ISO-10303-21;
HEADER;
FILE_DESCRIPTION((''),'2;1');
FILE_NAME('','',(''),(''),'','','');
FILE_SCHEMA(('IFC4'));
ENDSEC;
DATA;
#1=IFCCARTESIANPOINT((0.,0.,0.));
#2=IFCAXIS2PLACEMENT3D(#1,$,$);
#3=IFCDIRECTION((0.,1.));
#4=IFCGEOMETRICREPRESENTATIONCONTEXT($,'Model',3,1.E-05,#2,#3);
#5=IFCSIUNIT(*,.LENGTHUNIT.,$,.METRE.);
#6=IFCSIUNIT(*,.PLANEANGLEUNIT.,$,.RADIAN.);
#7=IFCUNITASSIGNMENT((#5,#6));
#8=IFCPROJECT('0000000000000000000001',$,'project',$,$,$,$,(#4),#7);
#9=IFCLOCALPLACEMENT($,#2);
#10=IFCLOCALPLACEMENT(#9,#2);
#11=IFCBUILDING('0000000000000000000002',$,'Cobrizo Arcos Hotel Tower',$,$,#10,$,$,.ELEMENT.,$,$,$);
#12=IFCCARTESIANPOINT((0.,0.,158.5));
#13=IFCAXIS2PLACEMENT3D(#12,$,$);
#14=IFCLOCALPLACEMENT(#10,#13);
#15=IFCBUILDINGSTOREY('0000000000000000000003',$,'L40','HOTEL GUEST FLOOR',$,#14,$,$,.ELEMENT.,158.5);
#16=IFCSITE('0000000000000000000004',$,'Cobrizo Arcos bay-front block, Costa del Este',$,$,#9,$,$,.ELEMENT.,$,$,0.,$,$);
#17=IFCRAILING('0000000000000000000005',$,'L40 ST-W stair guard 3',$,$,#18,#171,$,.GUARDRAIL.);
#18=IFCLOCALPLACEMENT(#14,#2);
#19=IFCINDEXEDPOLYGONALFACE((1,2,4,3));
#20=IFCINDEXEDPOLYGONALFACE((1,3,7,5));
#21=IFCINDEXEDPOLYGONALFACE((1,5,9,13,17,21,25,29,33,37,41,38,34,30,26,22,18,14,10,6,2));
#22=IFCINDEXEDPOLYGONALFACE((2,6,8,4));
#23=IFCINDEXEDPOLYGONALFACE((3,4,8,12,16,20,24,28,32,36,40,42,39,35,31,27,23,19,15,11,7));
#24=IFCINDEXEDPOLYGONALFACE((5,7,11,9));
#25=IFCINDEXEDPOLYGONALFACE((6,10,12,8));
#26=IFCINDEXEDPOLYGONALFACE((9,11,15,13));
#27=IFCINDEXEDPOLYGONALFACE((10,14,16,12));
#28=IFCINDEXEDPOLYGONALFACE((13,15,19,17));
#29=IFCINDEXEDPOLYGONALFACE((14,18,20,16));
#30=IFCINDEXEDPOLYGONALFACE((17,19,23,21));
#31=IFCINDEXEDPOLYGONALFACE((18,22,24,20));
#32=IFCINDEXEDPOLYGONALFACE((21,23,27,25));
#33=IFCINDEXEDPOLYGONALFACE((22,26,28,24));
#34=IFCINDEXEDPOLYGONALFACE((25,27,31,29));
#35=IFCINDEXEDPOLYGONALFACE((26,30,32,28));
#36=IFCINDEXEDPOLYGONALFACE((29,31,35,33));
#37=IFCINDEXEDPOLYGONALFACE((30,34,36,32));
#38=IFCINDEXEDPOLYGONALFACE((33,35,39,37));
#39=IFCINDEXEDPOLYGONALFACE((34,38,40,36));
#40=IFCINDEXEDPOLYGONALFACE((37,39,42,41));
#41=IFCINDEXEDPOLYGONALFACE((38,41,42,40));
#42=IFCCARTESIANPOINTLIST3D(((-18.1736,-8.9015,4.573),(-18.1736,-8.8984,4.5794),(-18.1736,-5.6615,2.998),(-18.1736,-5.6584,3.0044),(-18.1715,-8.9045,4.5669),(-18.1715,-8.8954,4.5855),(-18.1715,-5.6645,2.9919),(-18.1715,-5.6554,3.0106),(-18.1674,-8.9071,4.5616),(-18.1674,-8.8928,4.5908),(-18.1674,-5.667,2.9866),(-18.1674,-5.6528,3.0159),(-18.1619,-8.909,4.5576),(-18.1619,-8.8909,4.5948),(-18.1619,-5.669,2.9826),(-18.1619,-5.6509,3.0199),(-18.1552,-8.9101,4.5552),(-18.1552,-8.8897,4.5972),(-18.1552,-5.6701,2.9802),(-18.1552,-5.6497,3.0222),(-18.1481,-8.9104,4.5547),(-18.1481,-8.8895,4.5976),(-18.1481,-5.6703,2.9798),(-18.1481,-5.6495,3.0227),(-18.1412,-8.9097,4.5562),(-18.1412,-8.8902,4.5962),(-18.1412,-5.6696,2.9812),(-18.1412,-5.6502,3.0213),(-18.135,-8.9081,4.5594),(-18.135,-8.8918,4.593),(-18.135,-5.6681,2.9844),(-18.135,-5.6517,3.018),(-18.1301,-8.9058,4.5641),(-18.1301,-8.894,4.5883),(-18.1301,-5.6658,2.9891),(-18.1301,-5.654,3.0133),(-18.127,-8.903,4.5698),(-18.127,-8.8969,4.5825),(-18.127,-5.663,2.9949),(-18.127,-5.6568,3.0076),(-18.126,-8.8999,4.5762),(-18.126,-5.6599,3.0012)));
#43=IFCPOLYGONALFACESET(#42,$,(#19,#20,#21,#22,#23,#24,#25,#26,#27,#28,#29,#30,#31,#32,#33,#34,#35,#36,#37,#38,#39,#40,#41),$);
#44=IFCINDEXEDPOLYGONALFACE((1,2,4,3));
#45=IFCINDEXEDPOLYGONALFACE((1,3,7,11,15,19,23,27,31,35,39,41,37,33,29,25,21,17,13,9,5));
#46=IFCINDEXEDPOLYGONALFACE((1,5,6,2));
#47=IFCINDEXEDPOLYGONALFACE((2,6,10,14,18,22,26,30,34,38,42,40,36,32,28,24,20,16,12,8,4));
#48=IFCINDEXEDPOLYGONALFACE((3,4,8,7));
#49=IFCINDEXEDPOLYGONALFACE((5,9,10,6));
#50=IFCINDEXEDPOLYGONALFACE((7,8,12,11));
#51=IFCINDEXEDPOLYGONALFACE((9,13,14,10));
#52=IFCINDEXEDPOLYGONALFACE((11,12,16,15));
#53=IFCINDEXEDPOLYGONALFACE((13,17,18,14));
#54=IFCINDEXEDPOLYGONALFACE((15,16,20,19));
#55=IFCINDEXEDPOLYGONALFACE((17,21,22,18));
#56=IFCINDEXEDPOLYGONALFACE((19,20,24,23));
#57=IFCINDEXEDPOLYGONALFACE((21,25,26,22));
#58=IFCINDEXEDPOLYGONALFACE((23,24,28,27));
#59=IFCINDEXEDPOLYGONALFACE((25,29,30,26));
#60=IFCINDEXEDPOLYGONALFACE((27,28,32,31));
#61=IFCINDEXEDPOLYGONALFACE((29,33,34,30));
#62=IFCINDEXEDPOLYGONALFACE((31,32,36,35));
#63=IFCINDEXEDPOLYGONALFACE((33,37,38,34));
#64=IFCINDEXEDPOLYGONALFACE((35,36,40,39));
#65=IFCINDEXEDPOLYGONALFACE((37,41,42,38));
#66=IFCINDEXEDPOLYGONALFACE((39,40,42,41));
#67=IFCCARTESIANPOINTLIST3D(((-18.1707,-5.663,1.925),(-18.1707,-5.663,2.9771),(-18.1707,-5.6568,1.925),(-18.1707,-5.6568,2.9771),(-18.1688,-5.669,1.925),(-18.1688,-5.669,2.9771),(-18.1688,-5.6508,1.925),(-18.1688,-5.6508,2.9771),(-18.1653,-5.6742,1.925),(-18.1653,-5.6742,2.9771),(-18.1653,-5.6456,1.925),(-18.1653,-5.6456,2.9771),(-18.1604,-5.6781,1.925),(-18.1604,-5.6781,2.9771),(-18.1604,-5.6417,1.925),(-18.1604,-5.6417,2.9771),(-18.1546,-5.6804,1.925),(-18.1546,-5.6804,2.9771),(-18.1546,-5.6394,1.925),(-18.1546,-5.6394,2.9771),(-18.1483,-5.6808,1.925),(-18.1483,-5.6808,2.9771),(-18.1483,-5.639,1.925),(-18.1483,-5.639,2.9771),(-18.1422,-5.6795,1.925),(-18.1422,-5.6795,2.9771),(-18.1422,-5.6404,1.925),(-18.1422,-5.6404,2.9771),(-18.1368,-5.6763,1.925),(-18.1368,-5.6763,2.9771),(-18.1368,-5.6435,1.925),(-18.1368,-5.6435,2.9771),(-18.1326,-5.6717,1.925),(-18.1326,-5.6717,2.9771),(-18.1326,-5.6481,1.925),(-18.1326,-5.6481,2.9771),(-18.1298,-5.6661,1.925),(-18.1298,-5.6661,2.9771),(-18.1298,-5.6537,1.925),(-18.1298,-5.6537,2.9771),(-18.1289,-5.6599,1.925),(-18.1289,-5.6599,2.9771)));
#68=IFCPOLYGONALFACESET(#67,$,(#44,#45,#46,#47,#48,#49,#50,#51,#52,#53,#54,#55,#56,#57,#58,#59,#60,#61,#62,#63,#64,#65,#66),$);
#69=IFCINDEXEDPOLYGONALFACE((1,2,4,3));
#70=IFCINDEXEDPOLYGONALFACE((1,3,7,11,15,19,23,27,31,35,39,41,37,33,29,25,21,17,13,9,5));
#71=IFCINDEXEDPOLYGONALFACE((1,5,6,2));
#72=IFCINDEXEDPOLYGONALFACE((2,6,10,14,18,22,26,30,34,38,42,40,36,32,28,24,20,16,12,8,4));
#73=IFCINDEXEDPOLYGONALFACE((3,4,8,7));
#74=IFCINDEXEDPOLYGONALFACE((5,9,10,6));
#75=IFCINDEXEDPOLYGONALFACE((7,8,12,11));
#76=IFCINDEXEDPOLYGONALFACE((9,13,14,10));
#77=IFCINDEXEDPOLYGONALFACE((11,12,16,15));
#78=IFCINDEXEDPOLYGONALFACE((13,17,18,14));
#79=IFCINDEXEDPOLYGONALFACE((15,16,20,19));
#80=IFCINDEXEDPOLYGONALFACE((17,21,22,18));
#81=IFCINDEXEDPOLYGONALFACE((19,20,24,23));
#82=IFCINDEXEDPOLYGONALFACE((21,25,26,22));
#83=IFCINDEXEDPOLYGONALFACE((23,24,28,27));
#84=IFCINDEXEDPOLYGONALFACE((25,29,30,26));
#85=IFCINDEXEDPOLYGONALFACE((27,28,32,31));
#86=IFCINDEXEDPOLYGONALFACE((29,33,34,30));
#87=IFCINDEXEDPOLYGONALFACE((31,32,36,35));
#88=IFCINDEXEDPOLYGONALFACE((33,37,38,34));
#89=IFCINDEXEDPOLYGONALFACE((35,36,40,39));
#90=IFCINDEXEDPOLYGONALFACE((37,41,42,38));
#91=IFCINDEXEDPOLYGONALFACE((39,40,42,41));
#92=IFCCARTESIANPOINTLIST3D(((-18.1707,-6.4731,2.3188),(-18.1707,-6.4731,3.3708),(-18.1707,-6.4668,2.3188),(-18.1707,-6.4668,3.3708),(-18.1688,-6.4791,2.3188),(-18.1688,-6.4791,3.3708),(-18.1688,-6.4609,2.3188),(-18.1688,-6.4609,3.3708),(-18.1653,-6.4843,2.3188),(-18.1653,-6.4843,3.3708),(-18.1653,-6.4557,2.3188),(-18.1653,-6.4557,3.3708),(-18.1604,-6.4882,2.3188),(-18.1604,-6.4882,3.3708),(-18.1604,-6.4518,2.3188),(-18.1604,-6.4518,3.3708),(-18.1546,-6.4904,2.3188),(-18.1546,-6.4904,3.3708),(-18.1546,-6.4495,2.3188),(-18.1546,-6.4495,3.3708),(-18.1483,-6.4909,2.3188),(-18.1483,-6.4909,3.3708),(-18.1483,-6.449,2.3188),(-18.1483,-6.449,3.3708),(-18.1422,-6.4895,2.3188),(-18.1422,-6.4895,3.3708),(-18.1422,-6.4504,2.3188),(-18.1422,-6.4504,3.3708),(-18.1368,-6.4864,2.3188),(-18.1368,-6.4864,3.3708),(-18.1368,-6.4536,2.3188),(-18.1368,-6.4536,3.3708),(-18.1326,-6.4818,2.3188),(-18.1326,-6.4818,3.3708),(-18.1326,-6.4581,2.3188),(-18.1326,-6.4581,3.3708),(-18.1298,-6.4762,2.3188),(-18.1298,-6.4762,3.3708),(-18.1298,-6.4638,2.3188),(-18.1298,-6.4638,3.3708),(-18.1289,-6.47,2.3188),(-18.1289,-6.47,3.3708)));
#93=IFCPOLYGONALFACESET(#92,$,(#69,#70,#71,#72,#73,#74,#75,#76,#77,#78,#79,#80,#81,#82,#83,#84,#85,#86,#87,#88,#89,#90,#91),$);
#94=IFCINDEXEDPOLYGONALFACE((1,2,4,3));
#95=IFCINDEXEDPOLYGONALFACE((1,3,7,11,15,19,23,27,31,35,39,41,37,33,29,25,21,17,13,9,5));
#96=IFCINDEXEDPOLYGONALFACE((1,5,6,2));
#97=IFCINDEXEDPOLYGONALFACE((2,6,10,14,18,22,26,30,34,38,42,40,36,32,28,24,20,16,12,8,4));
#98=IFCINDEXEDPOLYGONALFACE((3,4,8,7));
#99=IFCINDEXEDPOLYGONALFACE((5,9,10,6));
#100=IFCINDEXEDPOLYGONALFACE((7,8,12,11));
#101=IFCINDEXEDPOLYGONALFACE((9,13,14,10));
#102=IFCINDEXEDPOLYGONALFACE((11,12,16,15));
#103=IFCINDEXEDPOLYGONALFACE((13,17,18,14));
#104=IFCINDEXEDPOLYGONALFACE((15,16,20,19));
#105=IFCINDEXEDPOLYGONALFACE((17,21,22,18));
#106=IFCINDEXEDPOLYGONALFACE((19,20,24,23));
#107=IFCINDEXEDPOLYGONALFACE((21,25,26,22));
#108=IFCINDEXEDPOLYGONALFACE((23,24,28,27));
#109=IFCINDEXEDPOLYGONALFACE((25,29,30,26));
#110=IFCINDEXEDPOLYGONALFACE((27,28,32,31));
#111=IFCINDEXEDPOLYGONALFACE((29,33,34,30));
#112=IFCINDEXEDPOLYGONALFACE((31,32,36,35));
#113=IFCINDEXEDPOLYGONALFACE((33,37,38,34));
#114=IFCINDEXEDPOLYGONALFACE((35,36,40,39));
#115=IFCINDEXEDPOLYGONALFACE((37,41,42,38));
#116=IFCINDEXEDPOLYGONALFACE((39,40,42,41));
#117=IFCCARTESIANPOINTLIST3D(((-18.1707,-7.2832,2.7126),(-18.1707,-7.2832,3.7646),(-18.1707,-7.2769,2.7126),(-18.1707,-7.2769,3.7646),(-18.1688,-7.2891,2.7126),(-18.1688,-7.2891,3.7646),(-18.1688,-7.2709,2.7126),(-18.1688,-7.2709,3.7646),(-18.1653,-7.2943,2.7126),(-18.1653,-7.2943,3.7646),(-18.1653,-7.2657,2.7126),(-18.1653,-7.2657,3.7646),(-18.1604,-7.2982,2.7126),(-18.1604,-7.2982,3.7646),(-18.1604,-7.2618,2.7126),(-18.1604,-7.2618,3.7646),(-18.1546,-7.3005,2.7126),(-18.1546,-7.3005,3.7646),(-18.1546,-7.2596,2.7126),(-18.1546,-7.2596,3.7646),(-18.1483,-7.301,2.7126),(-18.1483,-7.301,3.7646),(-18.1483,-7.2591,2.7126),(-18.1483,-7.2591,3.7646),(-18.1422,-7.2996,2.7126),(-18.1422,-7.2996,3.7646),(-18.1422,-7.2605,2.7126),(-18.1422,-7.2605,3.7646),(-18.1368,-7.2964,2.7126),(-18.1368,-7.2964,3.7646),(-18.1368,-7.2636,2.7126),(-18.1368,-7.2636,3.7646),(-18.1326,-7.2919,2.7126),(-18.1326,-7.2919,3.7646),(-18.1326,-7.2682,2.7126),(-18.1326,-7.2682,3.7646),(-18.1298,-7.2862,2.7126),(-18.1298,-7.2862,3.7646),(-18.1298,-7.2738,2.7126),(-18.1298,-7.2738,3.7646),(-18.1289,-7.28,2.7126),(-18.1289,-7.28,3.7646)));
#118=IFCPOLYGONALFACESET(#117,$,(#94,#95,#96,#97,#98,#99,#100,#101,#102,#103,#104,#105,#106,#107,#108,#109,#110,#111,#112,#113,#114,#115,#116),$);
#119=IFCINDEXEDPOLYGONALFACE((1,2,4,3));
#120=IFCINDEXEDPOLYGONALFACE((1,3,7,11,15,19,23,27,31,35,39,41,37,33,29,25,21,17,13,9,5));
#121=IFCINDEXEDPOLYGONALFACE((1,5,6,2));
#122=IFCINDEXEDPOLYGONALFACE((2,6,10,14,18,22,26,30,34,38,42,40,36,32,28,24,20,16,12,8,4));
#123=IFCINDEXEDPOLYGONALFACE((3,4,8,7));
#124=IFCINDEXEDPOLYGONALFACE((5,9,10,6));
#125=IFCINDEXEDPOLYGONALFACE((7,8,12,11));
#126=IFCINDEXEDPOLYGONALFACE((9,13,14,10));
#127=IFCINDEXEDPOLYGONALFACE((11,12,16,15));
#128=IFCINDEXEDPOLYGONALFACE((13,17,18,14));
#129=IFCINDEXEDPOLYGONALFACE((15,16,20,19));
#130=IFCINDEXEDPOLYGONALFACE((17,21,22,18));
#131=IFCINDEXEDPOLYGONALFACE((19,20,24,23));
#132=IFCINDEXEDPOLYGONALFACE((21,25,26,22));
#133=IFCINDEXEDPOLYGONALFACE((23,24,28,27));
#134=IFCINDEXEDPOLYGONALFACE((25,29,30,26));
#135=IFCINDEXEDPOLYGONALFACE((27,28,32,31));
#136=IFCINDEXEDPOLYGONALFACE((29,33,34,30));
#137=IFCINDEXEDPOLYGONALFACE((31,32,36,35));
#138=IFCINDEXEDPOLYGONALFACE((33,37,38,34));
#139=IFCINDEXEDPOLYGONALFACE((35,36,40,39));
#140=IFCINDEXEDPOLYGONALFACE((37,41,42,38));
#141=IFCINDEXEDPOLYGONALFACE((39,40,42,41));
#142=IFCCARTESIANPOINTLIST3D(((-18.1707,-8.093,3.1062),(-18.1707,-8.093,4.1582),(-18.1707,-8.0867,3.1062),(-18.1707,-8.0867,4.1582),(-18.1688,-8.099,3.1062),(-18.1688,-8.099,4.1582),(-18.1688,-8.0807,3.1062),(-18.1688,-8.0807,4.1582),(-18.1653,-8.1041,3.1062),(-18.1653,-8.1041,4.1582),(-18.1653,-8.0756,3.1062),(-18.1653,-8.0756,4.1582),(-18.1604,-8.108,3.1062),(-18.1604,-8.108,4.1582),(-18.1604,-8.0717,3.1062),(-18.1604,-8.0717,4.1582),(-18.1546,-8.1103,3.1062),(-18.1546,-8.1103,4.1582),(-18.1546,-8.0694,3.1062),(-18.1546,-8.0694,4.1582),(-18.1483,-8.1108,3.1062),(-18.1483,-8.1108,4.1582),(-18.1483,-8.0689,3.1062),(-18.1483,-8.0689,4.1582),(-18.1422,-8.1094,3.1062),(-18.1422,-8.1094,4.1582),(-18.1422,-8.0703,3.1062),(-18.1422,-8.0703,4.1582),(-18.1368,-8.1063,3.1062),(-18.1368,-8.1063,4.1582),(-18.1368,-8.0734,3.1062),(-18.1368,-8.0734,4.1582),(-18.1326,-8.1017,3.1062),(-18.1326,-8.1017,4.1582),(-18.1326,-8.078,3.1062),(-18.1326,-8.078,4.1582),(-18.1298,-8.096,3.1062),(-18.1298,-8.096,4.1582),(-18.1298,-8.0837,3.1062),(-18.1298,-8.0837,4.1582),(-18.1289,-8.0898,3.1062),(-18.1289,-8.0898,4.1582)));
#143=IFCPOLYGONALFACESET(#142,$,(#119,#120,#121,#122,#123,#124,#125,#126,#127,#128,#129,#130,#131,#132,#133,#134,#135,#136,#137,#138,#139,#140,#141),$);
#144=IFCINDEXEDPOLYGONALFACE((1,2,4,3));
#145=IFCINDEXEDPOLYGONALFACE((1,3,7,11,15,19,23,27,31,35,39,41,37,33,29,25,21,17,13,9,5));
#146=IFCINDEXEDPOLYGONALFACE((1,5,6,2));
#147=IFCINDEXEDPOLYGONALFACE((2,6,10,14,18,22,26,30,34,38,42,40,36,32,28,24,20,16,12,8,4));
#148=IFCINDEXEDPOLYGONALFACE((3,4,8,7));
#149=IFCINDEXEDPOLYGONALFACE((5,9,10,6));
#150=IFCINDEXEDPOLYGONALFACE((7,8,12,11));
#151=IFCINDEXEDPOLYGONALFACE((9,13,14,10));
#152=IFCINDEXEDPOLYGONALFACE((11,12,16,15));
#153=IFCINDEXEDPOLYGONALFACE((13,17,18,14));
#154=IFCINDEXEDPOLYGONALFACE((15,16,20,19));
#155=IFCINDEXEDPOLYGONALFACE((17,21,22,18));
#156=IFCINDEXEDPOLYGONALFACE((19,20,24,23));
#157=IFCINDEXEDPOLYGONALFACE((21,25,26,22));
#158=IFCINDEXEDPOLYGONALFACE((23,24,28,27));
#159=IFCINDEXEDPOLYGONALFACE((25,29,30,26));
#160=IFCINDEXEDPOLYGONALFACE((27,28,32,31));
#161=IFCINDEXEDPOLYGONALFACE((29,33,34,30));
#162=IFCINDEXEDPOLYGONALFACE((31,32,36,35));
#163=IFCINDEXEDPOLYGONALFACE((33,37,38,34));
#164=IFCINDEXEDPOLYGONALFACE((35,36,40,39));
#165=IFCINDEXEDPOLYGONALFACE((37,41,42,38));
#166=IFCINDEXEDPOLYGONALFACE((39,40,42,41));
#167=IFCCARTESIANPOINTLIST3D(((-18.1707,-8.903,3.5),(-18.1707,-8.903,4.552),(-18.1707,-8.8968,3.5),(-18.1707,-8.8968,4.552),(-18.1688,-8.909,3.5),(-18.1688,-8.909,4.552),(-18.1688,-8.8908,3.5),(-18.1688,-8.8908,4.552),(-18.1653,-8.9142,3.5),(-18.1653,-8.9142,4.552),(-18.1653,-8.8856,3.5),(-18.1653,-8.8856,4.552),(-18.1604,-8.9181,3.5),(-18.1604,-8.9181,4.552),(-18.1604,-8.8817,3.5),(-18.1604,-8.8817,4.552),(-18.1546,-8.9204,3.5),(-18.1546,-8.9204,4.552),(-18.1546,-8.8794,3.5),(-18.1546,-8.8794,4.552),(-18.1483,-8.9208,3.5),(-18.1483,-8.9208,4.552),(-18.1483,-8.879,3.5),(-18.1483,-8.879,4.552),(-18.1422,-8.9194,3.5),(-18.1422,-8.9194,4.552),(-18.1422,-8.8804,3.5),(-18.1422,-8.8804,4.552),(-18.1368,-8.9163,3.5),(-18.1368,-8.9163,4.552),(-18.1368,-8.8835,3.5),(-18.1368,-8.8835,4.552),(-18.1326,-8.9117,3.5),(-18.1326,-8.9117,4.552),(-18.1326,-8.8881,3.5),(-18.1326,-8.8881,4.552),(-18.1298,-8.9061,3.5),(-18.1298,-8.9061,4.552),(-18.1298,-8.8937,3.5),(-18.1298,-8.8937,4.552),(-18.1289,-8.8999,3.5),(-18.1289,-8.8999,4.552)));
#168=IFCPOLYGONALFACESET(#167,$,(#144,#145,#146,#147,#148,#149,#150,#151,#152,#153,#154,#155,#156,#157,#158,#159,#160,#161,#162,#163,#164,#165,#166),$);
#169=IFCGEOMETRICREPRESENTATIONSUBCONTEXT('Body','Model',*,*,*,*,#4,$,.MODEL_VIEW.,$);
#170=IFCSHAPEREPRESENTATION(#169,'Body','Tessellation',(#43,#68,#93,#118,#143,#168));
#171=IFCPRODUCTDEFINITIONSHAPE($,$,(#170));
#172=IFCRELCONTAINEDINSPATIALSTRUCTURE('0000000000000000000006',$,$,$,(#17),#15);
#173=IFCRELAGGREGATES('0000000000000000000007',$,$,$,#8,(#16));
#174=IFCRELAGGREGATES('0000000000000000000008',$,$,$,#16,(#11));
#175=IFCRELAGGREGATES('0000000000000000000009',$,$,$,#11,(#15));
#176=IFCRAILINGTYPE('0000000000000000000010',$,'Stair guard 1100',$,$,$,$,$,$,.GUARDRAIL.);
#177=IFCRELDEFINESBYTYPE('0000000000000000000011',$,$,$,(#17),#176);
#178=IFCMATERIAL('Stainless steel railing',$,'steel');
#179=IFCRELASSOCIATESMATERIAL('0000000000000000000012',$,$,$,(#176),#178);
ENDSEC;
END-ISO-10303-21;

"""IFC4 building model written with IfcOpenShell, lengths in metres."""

from ifc_helpers import new_model, si_unit, direction, frame, origin, origin_2d, place, context, subcontext, project, spatial, circle, extrude, material, type_object, element, save


model = new_model("IFC4")

# Units and contexts
model_context = context("Model", 3, precision=1e-05, world=origin(), true_north=direction((0.0, 1.0)))
body_context = subcontext(model_context, "Body", "Model", "MODEL_VIEW")
ifc_project = project(units=[si_unit("LENGTHUNIT", "METRE"), si_unit("PLANEANGLEUNIT", "RADIAN")], contexts=[model_context])

# Site, building, storey
site_placement = place(None, origin())
site = spatial("IfcSite", under=ifc_project, at=site_placement, Name="Cobrizo Arcos bay-front block, Costa del Este", CompositionType="ELEMENT", RefElevation=0.0)
building_placement = place(site_placement, origin())
building = spatial("IfcBuilding", under=site, at=building_placement, Name="Cobrizo Arcos Hotel Tower", CompositionType="ELEMENT")
storey_placement = place(building_placement, frame((0.0, 0.0, 158.5)))
storey = spatial("IfcBuildingStorey", under=building, at=storey_placement, Name="L40", Description="HOTEL GUEST FLOOR", CompositionType="ELEMENT", Elevation=158.5)

# Railing
ifc_material_1 = material(Name="Stainless steel railing", Category="steel")
railing_type_1 = type_object("IfcRailingType", Name="Stair guard 1100", PredefinedType="GUARDRAIL", material=ifc_material_1)
railing_1_placement = place(storey_placement, frame((-18.1499, -5.6599, 1.925)))
element("IfcRailing", 1, at=railing_1_placement, inside=storey, type_object=railing_type_1, Name="L40 ST-W stair guard 3", PredefinedType="GUARDRAIL", context=body_context, shape_type="SweptSolid", body=[
    extrude(circle(Radius=0.0239, at=origin_2d()), frame((0.0, 0.0, 1.0762), z_axis=(0.0, -0.899373, 0.437183), x_axis=(1.0, 0.0, 0.0)), (0.0, 0.0, 1.0), 3.6025),
    extrude(circle(Radius=0.021, at=origin_2d()), origin(), (0.0, 0.0, 1.0), 1.052),
    extrude(circle(Radius=0.021, at=origin_2d()), frame((0.0, -0.8101, 0.3938)), (0.0, 0.0, 1.0), 1.052),
    extrude(circle(Radius=0.021, at=origin_2d()), frame((0.0, -1.6201, 0.7876)), (0.0, 0.0, 1.0), 1.052),
    extrude(circle(Radius=0.021, at=origin_2d()), frame((0.0, -2.4299, 1.1812)), (0.0, 0.0, 1.0), 1.052),
    extrude(circle(Radius=0.021, at=origin_2d()), frame((0.0, -3.24, 1.575)), (0.0, 0.0, 1.0), 1.052),
])

save(model, "model.ifc")
